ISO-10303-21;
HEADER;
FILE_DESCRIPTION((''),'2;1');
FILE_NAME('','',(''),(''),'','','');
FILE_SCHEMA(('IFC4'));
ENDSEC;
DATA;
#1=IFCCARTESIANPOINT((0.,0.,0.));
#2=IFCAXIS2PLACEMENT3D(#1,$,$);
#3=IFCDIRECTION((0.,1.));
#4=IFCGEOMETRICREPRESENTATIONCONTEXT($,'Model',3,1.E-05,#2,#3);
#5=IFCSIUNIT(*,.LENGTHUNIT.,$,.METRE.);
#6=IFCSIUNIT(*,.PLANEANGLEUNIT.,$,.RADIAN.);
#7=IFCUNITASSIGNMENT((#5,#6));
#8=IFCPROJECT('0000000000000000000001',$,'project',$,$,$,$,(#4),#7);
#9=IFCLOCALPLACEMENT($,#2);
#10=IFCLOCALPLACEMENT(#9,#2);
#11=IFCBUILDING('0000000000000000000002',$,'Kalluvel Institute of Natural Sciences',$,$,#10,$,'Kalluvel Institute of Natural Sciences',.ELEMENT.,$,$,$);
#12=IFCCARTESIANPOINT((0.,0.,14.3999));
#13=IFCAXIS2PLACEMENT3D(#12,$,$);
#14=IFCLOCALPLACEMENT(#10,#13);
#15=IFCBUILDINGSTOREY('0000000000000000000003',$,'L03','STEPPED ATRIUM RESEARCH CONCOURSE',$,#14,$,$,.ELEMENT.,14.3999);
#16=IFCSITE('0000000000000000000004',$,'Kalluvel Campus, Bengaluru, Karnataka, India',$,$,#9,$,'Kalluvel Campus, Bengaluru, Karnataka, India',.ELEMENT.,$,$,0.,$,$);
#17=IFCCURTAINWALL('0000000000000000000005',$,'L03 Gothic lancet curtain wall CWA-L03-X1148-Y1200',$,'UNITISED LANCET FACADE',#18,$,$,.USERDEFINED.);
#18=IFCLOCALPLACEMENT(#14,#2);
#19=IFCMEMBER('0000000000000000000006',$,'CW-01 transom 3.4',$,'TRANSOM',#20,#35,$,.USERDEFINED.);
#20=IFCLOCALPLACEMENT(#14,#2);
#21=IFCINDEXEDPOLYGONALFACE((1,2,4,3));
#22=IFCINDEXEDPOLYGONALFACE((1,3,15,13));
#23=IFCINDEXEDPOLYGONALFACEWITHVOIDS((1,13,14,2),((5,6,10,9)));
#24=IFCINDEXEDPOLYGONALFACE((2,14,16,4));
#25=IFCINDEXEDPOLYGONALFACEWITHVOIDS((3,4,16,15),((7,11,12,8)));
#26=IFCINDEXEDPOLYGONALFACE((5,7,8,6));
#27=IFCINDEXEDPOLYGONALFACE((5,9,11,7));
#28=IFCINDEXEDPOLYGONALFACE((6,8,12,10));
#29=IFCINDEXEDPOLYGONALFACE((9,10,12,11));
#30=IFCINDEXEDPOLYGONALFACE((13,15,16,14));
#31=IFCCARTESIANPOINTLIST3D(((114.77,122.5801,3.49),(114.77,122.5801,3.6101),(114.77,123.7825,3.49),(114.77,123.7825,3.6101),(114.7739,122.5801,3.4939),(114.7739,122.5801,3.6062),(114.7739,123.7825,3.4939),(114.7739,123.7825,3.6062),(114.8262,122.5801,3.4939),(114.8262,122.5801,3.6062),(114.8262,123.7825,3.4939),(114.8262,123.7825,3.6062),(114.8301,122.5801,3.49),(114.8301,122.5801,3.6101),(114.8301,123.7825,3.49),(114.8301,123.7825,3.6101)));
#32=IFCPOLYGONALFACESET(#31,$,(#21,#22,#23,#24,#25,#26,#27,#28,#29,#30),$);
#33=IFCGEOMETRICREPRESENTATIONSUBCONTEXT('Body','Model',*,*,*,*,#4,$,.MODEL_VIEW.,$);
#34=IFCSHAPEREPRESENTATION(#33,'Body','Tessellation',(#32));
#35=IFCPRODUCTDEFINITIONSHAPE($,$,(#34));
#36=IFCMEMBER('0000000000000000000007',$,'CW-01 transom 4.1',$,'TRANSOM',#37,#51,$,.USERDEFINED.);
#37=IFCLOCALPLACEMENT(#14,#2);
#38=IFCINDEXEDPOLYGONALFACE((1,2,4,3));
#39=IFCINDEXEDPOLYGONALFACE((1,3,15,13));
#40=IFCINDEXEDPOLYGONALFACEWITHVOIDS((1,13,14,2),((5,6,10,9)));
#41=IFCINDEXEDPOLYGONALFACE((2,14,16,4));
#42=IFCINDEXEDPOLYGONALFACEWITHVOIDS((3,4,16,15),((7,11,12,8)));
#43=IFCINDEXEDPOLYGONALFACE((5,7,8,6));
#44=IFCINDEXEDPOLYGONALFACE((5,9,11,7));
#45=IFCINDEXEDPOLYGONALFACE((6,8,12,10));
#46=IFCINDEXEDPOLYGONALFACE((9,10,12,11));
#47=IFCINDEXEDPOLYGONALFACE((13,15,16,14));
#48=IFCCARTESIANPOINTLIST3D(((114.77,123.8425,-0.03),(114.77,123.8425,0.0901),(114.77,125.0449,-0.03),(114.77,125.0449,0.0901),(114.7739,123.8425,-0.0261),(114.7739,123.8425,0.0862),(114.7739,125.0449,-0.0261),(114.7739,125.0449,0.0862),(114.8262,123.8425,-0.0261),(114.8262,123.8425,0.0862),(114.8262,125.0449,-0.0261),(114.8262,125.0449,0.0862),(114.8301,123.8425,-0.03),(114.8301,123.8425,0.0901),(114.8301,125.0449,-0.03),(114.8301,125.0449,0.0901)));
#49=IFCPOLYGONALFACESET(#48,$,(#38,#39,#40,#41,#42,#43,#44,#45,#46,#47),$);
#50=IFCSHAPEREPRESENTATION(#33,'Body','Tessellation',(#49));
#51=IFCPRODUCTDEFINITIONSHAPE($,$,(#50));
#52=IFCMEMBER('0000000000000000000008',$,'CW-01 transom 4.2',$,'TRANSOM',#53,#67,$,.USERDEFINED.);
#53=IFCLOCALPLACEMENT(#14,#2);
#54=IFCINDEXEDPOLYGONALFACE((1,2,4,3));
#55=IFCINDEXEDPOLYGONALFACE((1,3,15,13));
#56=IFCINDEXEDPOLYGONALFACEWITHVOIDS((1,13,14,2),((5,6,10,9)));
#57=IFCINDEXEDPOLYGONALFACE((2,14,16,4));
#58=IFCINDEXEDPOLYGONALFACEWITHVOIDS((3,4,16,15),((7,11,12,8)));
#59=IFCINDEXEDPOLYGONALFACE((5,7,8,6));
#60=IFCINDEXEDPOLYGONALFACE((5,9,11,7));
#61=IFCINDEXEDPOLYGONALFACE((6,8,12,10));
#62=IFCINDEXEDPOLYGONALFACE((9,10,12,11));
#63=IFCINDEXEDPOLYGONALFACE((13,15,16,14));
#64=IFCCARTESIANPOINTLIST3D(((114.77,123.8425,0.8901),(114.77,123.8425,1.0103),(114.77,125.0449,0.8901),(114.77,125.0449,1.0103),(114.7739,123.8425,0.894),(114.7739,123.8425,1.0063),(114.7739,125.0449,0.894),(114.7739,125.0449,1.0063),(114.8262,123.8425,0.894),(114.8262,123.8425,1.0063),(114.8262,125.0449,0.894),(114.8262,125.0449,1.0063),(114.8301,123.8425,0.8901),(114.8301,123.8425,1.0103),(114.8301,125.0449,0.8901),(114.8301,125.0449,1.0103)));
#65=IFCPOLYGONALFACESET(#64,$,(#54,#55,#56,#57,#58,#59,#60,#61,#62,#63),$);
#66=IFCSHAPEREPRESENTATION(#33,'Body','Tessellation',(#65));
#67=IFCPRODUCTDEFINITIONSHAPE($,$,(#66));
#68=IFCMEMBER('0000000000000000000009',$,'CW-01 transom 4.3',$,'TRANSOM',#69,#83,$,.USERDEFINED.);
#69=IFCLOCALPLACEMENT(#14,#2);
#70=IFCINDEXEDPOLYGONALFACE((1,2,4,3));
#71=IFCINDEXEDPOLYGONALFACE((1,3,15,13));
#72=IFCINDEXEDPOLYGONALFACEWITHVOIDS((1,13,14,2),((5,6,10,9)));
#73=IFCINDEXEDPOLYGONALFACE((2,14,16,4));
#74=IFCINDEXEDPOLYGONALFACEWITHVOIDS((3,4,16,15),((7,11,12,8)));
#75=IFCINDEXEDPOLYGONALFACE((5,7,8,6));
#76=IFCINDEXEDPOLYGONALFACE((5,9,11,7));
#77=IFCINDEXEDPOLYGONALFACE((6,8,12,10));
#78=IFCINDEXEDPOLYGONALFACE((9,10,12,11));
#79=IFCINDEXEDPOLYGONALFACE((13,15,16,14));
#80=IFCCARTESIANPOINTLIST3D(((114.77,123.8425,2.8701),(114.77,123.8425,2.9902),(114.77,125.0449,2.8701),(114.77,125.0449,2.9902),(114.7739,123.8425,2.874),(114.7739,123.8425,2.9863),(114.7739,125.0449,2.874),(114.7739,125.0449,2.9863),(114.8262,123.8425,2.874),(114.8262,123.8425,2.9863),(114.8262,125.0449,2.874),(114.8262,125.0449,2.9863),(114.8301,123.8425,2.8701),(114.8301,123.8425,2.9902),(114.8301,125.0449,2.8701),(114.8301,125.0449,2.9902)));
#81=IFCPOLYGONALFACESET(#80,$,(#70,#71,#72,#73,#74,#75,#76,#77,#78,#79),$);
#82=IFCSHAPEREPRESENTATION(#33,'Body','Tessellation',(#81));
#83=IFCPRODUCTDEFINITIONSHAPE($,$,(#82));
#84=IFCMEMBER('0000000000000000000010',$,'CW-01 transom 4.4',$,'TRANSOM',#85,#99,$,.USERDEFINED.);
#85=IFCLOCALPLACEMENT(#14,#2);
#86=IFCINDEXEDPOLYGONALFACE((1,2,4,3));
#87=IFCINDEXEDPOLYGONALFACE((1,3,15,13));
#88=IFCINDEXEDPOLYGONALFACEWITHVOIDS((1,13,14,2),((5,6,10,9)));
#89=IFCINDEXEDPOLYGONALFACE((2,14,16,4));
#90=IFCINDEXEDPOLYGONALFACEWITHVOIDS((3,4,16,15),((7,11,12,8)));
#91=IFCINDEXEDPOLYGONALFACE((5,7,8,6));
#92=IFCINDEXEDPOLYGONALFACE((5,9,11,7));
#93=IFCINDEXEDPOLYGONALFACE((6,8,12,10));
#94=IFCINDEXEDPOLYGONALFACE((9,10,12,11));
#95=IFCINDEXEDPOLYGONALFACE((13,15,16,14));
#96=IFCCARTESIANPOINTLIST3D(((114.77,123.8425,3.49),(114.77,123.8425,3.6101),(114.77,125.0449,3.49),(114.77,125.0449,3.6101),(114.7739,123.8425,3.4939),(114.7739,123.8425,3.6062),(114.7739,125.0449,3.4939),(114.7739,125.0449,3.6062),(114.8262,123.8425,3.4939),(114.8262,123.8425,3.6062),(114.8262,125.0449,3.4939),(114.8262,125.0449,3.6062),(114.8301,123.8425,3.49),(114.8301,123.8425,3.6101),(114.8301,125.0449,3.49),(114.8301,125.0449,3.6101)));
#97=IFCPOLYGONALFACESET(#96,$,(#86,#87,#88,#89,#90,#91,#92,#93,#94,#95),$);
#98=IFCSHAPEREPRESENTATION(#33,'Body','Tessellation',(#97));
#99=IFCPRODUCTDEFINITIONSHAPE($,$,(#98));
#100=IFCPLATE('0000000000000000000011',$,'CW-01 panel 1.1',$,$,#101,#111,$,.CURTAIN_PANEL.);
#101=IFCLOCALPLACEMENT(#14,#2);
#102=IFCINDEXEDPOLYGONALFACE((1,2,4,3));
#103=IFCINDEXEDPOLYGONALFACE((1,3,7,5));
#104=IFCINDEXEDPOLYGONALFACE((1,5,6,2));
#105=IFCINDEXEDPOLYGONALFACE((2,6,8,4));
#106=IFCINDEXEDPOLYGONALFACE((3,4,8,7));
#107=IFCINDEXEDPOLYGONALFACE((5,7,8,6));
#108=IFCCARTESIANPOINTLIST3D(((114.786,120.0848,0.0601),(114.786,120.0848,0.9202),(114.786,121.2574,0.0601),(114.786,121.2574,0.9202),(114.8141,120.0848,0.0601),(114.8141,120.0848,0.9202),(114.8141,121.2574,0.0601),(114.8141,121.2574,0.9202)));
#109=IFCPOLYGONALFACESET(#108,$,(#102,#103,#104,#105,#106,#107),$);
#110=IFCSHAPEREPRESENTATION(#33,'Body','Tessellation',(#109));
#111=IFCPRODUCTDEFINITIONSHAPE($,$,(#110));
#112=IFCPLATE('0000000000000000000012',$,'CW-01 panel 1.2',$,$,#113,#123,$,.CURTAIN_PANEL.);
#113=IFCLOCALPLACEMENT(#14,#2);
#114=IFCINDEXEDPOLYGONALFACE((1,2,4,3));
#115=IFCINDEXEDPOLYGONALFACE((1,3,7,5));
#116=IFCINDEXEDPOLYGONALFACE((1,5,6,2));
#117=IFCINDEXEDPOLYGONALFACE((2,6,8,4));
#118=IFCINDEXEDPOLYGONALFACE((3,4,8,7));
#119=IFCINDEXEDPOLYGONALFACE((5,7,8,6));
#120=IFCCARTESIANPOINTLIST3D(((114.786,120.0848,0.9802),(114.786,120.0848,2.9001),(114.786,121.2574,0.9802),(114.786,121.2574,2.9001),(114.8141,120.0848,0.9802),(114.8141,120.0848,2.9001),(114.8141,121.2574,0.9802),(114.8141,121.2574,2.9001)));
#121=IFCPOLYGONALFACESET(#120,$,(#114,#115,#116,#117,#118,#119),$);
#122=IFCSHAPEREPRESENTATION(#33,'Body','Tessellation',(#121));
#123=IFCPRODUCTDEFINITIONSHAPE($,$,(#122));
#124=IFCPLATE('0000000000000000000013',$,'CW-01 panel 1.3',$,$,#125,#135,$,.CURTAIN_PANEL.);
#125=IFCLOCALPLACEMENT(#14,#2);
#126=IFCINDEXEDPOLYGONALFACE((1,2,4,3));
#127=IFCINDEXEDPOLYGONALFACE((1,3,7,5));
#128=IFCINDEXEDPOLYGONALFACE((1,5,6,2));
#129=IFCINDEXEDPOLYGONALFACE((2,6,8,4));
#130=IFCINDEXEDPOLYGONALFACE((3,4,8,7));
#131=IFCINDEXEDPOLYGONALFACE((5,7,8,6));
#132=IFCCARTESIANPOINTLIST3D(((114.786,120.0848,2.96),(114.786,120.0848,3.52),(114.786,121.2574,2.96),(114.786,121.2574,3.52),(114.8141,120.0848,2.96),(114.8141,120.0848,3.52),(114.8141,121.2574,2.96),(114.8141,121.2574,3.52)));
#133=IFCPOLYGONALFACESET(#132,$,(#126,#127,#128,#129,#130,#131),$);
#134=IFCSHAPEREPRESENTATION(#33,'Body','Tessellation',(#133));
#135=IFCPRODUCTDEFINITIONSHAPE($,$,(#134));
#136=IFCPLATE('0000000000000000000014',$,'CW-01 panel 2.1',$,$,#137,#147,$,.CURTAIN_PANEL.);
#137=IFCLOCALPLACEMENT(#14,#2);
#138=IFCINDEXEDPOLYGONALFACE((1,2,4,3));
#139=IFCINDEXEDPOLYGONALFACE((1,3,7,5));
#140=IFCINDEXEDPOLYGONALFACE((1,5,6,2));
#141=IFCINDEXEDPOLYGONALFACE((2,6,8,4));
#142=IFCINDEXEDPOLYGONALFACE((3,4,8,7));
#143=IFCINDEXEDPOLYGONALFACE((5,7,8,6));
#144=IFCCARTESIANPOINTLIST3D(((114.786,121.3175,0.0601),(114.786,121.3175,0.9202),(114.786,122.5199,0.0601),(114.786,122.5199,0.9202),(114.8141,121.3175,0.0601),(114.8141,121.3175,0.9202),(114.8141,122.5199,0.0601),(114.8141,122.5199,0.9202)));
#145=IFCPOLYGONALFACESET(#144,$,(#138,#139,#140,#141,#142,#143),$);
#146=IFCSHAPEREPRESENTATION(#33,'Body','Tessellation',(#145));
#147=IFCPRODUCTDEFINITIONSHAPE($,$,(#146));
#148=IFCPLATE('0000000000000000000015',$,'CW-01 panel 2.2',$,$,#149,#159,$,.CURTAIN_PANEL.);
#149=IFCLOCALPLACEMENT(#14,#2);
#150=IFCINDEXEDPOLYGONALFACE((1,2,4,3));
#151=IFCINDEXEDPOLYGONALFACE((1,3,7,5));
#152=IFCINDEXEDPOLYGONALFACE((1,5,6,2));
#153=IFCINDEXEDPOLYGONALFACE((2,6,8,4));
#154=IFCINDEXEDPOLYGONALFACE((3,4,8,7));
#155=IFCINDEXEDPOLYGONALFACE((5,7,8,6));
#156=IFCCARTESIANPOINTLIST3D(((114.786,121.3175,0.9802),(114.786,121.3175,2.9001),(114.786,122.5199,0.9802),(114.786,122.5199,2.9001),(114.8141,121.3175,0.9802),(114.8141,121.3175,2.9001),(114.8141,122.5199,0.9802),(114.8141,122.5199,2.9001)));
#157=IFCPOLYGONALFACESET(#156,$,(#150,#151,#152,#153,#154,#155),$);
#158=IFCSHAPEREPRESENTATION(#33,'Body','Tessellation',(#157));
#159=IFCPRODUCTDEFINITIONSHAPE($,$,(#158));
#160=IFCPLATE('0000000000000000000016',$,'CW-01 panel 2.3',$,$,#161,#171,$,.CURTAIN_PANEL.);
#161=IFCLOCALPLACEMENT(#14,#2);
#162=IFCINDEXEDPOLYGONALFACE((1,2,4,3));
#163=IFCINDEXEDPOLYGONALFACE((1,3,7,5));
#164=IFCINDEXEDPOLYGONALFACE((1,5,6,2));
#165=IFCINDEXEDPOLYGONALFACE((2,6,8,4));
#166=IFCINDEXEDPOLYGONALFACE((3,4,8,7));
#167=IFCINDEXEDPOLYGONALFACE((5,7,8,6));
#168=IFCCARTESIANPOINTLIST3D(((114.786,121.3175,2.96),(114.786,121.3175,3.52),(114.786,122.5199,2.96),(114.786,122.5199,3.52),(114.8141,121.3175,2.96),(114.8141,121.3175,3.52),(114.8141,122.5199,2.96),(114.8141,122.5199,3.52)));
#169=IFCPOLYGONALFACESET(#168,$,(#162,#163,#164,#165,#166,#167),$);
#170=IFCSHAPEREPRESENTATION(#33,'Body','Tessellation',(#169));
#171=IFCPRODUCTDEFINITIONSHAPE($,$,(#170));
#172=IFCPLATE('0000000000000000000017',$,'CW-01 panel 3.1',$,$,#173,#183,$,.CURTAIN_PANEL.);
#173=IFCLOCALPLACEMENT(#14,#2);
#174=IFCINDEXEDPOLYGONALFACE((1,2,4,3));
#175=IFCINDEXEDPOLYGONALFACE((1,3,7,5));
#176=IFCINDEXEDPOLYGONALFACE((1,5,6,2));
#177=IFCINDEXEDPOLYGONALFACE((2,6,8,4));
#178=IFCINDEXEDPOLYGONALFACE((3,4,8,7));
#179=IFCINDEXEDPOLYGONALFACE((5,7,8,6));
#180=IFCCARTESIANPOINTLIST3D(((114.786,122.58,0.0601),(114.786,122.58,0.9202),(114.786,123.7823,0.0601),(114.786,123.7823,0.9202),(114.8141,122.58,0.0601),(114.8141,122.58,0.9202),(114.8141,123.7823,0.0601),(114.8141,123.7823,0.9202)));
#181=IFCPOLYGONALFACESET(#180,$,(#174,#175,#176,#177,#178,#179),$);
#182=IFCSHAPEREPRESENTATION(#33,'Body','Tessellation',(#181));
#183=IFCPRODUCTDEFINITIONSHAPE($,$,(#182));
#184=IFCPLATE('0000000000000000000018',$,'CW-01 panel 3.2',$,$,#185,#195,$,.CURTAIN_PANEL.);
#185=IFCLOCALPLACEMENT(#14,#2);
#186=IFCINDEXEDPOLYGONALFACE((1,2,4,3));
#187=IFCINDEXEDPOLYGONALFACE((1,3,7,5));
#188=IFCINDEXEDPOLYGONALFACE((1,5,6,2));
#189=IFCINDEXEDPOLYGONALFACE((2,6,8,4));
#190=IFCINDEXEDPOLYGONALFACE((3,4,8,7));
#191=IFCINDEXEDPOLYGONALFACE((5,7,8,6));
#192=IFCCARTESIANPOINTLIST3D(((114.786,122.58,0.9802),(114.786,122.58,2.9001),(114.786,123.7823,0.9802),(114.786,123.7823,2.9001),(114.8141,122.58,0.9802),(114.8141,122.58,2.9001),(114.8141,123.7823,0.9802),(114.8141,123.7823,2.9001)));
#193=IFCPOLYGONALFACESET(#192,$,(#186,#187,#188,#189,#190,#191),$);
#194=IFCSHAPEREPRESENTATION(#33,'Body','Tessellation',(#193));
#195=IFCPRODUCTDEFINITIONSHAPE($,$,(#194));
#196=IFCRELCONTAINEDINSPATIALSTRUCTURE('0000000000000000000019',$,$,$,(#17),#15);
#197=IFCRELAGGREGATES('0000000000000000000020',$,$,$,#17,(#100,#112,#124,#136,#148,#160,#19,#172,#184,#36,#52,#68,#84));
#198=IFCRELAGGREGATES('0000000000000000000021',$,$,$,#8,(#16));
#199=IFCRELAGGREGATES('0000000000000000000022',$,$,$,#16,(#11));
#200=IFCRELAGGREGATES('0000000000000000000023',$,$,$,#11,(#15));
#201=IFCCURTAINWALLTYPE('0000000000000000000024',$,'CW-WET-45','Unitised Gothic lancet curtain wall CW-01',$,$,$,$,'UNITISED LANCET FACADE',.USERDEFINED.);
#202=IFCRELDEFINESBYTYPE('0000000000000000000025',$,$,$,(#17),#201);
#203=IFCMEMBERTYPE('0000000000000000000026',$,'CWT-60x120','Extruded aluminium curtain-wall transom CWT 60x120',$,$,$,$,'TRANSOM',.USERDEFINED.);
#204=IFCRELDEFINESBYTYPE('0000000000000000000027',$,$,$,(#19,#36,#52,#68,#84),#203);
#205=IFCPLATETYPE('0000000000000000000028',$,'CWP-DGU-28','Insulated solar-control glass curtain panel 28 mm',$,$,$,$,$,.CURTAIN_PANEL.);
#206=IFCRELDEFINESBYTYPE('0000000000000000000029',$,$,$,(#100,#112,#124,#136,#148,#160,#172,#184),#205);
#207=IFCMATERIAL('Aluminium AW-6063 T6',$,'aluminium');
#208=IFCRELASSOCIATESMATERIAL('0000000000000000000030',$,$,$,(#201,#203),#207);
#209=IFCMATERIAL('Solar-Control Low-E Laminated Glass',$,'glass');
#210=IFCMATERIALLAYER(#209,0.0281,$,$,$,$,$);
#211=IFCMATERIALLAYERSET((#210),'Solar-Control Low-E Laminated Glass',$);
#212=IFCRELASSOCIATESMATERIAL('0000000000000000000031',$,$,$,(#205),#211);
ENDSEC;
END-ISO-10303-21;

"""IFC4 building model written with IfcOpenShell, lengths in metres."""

from ifc_helpers import new_model, si_unit, direction, frame, origin, origin_2d, place, context, subcontext, project, spatial, rectangle, hollow_rectangle, extrude, material, layer, layer_set, material_profile, profile_set, type_object, element, aggregate, save


model = new_model("IFC4")

# Units and contexts
model_context = context("Model", 3, precision=1e-05, world=origin(), true_north=direction((0.0, 1.0)))
body_context = subcontext(model_context, "Body", "Model", "MODEL_VIEW")
ifc_project = project(units=[si_unit("LENGTHUNIT", "METRE"), si_unit("PLANEANGLEUNIT", "RADIAN")], contexts=[model_context])

# Site, building, storey
site_placement = place(None, origin())
site = spatial("IfcSite", under=ifc_project, at=site_placement, Name="Kalluvel Campus, Bengaluru, Karnataka, India", LongName="Kalluvel Campus, Bengaluru, Karnataka, India", CompositionType="ELEMENT", RefElevation=0.0)
building_placement = place(site_placement, origin())
building = spatial("IfcBuilding", under=site, at=building_placement, Name="Kalluvel Institute of Natural Sciences", LongName="Kalluvel Institute of Natural Sciences", CompositionType="ELEMENT")
storey_placement = place(building_placement, frame((0.0, 0.0, 14.3999)))
storey = spatial("IfcBuildingStorey", under=building, at=storey_placement, Name="L03", Description="STEPPED ATRIUM RESEARCH CONCOURSE", CompositionType="ELEMENT", Elevation=14.3999)

# Curtain wall, members, plates
ifc_material_1 = material(Name="Aluminium AW-6063 T6", Category="aluminium")
curtain_wall_type = type_object("IfcCurtainWallType", Name="CW-WET-45", Description="Unitised Gothic lancet curtain wall CW-01", ElementType="UNITISED LANCET FACADE", PredefinedType="USERDEFINED", material=ifc_material_1)
curtain_wall_placement = place(storey_placement, origin())
curtain_wall = element("IfcCurtainWall", 1, at=curtain_wall_placement, inside=storey, type_object=curtain_wall_type, Name="L03 Gothic lancet curtain wall CWA-L03-X1148-Y1200", ObjectType="UNITISED LANCET FACADE", PredefinedType="USERDEFINED")
ifc_material_profile_1 = material_profile(ifc_material_1, hollow_rectangle(XDim=0.0601, YDim=0.1201, WallThickness=0.0039, at=origin_2d()), Name="CWT 60x120")
ifc_profile_set_1 = profile_set([ifc_material_profile_1], Name="Aluminium AW-6063 T6")
member_type_1 = type_object("IfcMemberType", Name="CWT-60x120", Description="Extruded aluminium curtain-wall transom CWT 60x120", ElementType="TRANSOM", PredefinedType="USERDEFINED", material=ifc_profile_set_1)
member_1_placement = place(storey_placement, frame((114.8, 122.5801, 3.55), z_axis=(0.0, 1.0, 0.0), x_axis=(-1.0, 0.0, 0.0)))
member_1 = element("IfcMember", 2, at=member_1_placement, type_object=member_type_1, Name="CW-01 transom 3.4", ObjectType="TRANSOM", PredefinedType="USERDEFINED", context=body_context, shape_type="SweptSolid", body=[
    extrude(hollow_rectangle(XDim=0.0601, YDim=0.1201, WallThickness=0.0039, at=origin_2d()), origin(), (0.0, 0.0, 1.0), 1.2024),
])
member_2_placement = place(storey_placement, frame((114.8, 123.8425, 0.03), z_axis=(0.0, 1.0, 0.0), x_axis=(-1.0, 0.0, 0.0)))
member_2 = element("IfcMember", 3, at=member_2_placement, type_object=member_type_1, Name="CW-01 transom 4.1", ObjectType="TRANSOM", PredefinedType="USERDEFINED", context=body_context, shape_type="SweptSolid", body=[
    extrude(hollow_rectangle(XDim=0.0601, YDim=0.1201, WallThickness=0.0039, at=origin_2d()), origin(), (0.0, 0.0, 1.0), 1.2024),
])
member_3_placement = place(storey_placement, frame((114.8, 123.8425, 0.9502), z_axis=(0.0, 1.0, 0.0), x_axis=(-1.0, 0.0, 0.0)))
member_3 = element("IfcMember", 4, at=member_3_placement, type_object=member_type_1, Name="CW-01 transom 4.2", ObjectType="TRANSOM", PredefinedType="USERDEFINED", context=body_context, shape_type="SweptSolid", body=[
    extrude(hollow_rectangle(XDim=0.0601, YDim=0.1201, WallThickness=0.0039, at=origin_2d()), origin(), (0.0, 0.0, 1.0), 1.2024),
])
member_4_placement = place(storey_placement, frame((114.8, 123.8425, 2.9302), z_axis=(0.0, 1.0, 0.0), x_axis=(-1.0, 0.0, 0.0)))
member_4 = element("IfcMember", 5, at=member_4_placement, type_object=member_type_1, Name="CW-01 transom 4.3", ObjectType="TRANSOM", PredefinedType="USERDEFINED", context=body_context, shape_type="SweptSolid", body=[
    extrude(hollow_rectangle(XDim=0.0601, YDim=0.1201, WallThickness=0.0039, at=origin_2d()), origin(), (0.0, 0.0, 1.0), 1.2024),
])
member_5_placement = place(storey_placement, frame((114.8, 123.8425, 3.55), z_axis=(0.0, 1.0, 0.0), x_axis=(-1.0, 0.0, 0.0)))
member_5 = element("IfcMember", 6, at=member_5_placement, type_object=member_type_1, Name="CW-01 transom 4.4", ObjectType="TRANSOM", PredefinedType="USERDEFINED", context=body_context, shape_type="SweptSolid", body=[
    extrude(hollow_rectangle(XDim=0.0601, YDim=0.1201, WallThickness=0.0039, at=origin_2d()), origin(), (0.0, 0.0, 1.0), 1.2024),
])
ifc_material_2 = material(Name="Solar-Control Low-E Laminated Glass", Category="glass")
ifc_layer = layer(ifc_material_2, 0.0281)
ifc_layer_set = layer_set([ifc_layer], Name="Solar-Control Low-E Laminated Glass")
plate_type = type_object("IfcPlateType", Name="CWP-DGU-28", Description="Insulated solar-control glass curtain panel 28 mm", PredefinedType="CURTAIN_PANEL", material=ifc_layer_set)
plate_1_placement = place(storey_placement, frame((114.8, 120.6711, 0.0601), z_axis=(0.0, 0.0, 1.0), x_axis=(0.0, 1.0, 0.0)))
plate_1 = element("IfcPlate", 7, at=plate_1_placement, type_object=plate_type, Name="CW-01 panel 1.1", PredefinedType="CURTAIN_PANEL", context=body_context, shape_type="SweptSolid", body=[
    extrude(rectangle(XDim=1.1726, YDim=0.0281, at=origin_2d()), origin(), (0.0, 0.0, 1.0), 0.8601),
])
plate_2_placement = place(storey_placement, frame((114.8, 120.6711, 0.9802), z_axis=(0.0, 0.0, 1.0), x_axis=(0.0, 1.0, 0.0)))
plate_2 = element("IfcPlate", 8, at=plate_2_placement, type_object=plate_type, Name="CW-01 panel 1.2", PredefinedType="CURTAIN_PANEL", context=body_context, shape_type="SweptSolid", body=[
    extrude(rectangle(XDim=1.1726, YDim=0.0281, at=origin_2d()), origin(), (0.0, 0.0, 1.0), 1.9199),
])
plate_3_placement = place(storey_placement, frame((114.8, 120.6711, 2.96), z_axis=(0.0, 0.0, 1.0), x_axis=(0.0, 1.0, 0.0)))
plate_3 = element("IfcPlate", 9, at=plate_3_placement, type_object=plate_type, Name="CW-01 panel 1.3", PredefinedType="CURTAIN_PANEL", context=body_context, shape_type="SweptSolid", body=[
    extrude(rectangle(XDim=1.1726, YDim=0.0281, at=origin_2d()), origin(), (0.0, 0.0, 1.0), 0.5601),
])
plate_4_placement = place(storey_placement, frame((114.8, 121.9187, 0.0601), z_axis=(0.0, 0.0, 1.0), x_axis=(0.0, 1.0, 0.0)))
plate_4 = element("IfcPlate", 10, at=plate_4_placement, type_object=plate_type, Name="CW-01 panel 2.1", PredefinedType="CURTAIN_PANEL", context=body_context, shape_type="SweptSolid", body=[
    extrude(rectangle(XDim=1.2024, YDim=0.0281, at=origin_2d()), origin(), (0.0, 0.0, 1.0), 0.8601),
])
plate_5_placement = place(storey_placement, frame((114.8, 121.9187, 0.9802), z_axis=(0.0, 0.0, 1.0), x_axis=(0.0, 1.0, 0.0)))
plate_5 = element("IfcPlate", 11, at=plate_5_placement, type_object=plate_type, Name="CW-01 panel 2.2", PredefinedType="CURTAIN_PANEL", context=body_context, shape_type="SweptSolid", body=[
    extrude(rectangle(XDim=1.2024, YDim=0.0281, at=origin_2d()), origin(), (0.0, 0.0, 1.0), 1.9199),
])
plate_6_placement = place(storey_placement, frame((114.8, 121.9187, 2.96), z_axis=(0.0, 0.0, 1.0), x_axis=(0.0, 1.0, 0.0)))
plate_6 = element("IfcPlate", 12, at=plate_6_placement, type_object=plate_type, Name="CW-01 panel 2.3", PredefinedType="CURTAIN_PANEL", context=body_context, shape_type="SweptSolid", body=[
    extrude(rectangle(XDim=1.2024, YDim=0.0281, at=origin_2d()), origin(), (0.0, 0.0, 1.0), 0.5601),
])
plate_7_placement = place(storey_placement, frame((114.8, 123.1812, 0.0601), z_axis=(0.0, 0.0, 1.0), x_axis=(0.0, 1.0, 0.0)))
plate_7 = element("IfcPlate", 13, at=plate_7_placement, type_object=plate_type, Name="CW-01 panel 3.1", PredefinedType="CURTAIN_PANEL", context=body_context, shape_type="SweptSolid", body=[
    extrude(rectangle(XDim=1.2024, YDim=0.0281, at=origin_2d()), origin(), (0.0, 0.0, 1.0), 0.8601),
])
plate_8_placement = place(storey_placement, frame((114.8, 123.1812, 0.9802), z_axis=(0.0, 0.0, 1.0), x_axis=(0.0, 1.0, 0.0)))
plate_8 = element("IfcPlate", 14, at=plate_8_placement, type_object=plate_type, Name="CW-01 panel 3.2", PredefinedType="CURTAIN_PANEL", context=body_context, shape_type="SweptSolid", body=[
    extrude(rectangle(XDim=1.2024, YDim=0.0281, at=origin_2d()), origin(), (0.0, 0.0, 1.0), 1.9199),
])
aggregate(curtain_wall, [plate_1, plate_2, plate_3, plate_4, plate_5, plate_6, member_1, plate_7, plate_8, member_2, member_3, member_4, member_5])

save(model, "model.ifc")
